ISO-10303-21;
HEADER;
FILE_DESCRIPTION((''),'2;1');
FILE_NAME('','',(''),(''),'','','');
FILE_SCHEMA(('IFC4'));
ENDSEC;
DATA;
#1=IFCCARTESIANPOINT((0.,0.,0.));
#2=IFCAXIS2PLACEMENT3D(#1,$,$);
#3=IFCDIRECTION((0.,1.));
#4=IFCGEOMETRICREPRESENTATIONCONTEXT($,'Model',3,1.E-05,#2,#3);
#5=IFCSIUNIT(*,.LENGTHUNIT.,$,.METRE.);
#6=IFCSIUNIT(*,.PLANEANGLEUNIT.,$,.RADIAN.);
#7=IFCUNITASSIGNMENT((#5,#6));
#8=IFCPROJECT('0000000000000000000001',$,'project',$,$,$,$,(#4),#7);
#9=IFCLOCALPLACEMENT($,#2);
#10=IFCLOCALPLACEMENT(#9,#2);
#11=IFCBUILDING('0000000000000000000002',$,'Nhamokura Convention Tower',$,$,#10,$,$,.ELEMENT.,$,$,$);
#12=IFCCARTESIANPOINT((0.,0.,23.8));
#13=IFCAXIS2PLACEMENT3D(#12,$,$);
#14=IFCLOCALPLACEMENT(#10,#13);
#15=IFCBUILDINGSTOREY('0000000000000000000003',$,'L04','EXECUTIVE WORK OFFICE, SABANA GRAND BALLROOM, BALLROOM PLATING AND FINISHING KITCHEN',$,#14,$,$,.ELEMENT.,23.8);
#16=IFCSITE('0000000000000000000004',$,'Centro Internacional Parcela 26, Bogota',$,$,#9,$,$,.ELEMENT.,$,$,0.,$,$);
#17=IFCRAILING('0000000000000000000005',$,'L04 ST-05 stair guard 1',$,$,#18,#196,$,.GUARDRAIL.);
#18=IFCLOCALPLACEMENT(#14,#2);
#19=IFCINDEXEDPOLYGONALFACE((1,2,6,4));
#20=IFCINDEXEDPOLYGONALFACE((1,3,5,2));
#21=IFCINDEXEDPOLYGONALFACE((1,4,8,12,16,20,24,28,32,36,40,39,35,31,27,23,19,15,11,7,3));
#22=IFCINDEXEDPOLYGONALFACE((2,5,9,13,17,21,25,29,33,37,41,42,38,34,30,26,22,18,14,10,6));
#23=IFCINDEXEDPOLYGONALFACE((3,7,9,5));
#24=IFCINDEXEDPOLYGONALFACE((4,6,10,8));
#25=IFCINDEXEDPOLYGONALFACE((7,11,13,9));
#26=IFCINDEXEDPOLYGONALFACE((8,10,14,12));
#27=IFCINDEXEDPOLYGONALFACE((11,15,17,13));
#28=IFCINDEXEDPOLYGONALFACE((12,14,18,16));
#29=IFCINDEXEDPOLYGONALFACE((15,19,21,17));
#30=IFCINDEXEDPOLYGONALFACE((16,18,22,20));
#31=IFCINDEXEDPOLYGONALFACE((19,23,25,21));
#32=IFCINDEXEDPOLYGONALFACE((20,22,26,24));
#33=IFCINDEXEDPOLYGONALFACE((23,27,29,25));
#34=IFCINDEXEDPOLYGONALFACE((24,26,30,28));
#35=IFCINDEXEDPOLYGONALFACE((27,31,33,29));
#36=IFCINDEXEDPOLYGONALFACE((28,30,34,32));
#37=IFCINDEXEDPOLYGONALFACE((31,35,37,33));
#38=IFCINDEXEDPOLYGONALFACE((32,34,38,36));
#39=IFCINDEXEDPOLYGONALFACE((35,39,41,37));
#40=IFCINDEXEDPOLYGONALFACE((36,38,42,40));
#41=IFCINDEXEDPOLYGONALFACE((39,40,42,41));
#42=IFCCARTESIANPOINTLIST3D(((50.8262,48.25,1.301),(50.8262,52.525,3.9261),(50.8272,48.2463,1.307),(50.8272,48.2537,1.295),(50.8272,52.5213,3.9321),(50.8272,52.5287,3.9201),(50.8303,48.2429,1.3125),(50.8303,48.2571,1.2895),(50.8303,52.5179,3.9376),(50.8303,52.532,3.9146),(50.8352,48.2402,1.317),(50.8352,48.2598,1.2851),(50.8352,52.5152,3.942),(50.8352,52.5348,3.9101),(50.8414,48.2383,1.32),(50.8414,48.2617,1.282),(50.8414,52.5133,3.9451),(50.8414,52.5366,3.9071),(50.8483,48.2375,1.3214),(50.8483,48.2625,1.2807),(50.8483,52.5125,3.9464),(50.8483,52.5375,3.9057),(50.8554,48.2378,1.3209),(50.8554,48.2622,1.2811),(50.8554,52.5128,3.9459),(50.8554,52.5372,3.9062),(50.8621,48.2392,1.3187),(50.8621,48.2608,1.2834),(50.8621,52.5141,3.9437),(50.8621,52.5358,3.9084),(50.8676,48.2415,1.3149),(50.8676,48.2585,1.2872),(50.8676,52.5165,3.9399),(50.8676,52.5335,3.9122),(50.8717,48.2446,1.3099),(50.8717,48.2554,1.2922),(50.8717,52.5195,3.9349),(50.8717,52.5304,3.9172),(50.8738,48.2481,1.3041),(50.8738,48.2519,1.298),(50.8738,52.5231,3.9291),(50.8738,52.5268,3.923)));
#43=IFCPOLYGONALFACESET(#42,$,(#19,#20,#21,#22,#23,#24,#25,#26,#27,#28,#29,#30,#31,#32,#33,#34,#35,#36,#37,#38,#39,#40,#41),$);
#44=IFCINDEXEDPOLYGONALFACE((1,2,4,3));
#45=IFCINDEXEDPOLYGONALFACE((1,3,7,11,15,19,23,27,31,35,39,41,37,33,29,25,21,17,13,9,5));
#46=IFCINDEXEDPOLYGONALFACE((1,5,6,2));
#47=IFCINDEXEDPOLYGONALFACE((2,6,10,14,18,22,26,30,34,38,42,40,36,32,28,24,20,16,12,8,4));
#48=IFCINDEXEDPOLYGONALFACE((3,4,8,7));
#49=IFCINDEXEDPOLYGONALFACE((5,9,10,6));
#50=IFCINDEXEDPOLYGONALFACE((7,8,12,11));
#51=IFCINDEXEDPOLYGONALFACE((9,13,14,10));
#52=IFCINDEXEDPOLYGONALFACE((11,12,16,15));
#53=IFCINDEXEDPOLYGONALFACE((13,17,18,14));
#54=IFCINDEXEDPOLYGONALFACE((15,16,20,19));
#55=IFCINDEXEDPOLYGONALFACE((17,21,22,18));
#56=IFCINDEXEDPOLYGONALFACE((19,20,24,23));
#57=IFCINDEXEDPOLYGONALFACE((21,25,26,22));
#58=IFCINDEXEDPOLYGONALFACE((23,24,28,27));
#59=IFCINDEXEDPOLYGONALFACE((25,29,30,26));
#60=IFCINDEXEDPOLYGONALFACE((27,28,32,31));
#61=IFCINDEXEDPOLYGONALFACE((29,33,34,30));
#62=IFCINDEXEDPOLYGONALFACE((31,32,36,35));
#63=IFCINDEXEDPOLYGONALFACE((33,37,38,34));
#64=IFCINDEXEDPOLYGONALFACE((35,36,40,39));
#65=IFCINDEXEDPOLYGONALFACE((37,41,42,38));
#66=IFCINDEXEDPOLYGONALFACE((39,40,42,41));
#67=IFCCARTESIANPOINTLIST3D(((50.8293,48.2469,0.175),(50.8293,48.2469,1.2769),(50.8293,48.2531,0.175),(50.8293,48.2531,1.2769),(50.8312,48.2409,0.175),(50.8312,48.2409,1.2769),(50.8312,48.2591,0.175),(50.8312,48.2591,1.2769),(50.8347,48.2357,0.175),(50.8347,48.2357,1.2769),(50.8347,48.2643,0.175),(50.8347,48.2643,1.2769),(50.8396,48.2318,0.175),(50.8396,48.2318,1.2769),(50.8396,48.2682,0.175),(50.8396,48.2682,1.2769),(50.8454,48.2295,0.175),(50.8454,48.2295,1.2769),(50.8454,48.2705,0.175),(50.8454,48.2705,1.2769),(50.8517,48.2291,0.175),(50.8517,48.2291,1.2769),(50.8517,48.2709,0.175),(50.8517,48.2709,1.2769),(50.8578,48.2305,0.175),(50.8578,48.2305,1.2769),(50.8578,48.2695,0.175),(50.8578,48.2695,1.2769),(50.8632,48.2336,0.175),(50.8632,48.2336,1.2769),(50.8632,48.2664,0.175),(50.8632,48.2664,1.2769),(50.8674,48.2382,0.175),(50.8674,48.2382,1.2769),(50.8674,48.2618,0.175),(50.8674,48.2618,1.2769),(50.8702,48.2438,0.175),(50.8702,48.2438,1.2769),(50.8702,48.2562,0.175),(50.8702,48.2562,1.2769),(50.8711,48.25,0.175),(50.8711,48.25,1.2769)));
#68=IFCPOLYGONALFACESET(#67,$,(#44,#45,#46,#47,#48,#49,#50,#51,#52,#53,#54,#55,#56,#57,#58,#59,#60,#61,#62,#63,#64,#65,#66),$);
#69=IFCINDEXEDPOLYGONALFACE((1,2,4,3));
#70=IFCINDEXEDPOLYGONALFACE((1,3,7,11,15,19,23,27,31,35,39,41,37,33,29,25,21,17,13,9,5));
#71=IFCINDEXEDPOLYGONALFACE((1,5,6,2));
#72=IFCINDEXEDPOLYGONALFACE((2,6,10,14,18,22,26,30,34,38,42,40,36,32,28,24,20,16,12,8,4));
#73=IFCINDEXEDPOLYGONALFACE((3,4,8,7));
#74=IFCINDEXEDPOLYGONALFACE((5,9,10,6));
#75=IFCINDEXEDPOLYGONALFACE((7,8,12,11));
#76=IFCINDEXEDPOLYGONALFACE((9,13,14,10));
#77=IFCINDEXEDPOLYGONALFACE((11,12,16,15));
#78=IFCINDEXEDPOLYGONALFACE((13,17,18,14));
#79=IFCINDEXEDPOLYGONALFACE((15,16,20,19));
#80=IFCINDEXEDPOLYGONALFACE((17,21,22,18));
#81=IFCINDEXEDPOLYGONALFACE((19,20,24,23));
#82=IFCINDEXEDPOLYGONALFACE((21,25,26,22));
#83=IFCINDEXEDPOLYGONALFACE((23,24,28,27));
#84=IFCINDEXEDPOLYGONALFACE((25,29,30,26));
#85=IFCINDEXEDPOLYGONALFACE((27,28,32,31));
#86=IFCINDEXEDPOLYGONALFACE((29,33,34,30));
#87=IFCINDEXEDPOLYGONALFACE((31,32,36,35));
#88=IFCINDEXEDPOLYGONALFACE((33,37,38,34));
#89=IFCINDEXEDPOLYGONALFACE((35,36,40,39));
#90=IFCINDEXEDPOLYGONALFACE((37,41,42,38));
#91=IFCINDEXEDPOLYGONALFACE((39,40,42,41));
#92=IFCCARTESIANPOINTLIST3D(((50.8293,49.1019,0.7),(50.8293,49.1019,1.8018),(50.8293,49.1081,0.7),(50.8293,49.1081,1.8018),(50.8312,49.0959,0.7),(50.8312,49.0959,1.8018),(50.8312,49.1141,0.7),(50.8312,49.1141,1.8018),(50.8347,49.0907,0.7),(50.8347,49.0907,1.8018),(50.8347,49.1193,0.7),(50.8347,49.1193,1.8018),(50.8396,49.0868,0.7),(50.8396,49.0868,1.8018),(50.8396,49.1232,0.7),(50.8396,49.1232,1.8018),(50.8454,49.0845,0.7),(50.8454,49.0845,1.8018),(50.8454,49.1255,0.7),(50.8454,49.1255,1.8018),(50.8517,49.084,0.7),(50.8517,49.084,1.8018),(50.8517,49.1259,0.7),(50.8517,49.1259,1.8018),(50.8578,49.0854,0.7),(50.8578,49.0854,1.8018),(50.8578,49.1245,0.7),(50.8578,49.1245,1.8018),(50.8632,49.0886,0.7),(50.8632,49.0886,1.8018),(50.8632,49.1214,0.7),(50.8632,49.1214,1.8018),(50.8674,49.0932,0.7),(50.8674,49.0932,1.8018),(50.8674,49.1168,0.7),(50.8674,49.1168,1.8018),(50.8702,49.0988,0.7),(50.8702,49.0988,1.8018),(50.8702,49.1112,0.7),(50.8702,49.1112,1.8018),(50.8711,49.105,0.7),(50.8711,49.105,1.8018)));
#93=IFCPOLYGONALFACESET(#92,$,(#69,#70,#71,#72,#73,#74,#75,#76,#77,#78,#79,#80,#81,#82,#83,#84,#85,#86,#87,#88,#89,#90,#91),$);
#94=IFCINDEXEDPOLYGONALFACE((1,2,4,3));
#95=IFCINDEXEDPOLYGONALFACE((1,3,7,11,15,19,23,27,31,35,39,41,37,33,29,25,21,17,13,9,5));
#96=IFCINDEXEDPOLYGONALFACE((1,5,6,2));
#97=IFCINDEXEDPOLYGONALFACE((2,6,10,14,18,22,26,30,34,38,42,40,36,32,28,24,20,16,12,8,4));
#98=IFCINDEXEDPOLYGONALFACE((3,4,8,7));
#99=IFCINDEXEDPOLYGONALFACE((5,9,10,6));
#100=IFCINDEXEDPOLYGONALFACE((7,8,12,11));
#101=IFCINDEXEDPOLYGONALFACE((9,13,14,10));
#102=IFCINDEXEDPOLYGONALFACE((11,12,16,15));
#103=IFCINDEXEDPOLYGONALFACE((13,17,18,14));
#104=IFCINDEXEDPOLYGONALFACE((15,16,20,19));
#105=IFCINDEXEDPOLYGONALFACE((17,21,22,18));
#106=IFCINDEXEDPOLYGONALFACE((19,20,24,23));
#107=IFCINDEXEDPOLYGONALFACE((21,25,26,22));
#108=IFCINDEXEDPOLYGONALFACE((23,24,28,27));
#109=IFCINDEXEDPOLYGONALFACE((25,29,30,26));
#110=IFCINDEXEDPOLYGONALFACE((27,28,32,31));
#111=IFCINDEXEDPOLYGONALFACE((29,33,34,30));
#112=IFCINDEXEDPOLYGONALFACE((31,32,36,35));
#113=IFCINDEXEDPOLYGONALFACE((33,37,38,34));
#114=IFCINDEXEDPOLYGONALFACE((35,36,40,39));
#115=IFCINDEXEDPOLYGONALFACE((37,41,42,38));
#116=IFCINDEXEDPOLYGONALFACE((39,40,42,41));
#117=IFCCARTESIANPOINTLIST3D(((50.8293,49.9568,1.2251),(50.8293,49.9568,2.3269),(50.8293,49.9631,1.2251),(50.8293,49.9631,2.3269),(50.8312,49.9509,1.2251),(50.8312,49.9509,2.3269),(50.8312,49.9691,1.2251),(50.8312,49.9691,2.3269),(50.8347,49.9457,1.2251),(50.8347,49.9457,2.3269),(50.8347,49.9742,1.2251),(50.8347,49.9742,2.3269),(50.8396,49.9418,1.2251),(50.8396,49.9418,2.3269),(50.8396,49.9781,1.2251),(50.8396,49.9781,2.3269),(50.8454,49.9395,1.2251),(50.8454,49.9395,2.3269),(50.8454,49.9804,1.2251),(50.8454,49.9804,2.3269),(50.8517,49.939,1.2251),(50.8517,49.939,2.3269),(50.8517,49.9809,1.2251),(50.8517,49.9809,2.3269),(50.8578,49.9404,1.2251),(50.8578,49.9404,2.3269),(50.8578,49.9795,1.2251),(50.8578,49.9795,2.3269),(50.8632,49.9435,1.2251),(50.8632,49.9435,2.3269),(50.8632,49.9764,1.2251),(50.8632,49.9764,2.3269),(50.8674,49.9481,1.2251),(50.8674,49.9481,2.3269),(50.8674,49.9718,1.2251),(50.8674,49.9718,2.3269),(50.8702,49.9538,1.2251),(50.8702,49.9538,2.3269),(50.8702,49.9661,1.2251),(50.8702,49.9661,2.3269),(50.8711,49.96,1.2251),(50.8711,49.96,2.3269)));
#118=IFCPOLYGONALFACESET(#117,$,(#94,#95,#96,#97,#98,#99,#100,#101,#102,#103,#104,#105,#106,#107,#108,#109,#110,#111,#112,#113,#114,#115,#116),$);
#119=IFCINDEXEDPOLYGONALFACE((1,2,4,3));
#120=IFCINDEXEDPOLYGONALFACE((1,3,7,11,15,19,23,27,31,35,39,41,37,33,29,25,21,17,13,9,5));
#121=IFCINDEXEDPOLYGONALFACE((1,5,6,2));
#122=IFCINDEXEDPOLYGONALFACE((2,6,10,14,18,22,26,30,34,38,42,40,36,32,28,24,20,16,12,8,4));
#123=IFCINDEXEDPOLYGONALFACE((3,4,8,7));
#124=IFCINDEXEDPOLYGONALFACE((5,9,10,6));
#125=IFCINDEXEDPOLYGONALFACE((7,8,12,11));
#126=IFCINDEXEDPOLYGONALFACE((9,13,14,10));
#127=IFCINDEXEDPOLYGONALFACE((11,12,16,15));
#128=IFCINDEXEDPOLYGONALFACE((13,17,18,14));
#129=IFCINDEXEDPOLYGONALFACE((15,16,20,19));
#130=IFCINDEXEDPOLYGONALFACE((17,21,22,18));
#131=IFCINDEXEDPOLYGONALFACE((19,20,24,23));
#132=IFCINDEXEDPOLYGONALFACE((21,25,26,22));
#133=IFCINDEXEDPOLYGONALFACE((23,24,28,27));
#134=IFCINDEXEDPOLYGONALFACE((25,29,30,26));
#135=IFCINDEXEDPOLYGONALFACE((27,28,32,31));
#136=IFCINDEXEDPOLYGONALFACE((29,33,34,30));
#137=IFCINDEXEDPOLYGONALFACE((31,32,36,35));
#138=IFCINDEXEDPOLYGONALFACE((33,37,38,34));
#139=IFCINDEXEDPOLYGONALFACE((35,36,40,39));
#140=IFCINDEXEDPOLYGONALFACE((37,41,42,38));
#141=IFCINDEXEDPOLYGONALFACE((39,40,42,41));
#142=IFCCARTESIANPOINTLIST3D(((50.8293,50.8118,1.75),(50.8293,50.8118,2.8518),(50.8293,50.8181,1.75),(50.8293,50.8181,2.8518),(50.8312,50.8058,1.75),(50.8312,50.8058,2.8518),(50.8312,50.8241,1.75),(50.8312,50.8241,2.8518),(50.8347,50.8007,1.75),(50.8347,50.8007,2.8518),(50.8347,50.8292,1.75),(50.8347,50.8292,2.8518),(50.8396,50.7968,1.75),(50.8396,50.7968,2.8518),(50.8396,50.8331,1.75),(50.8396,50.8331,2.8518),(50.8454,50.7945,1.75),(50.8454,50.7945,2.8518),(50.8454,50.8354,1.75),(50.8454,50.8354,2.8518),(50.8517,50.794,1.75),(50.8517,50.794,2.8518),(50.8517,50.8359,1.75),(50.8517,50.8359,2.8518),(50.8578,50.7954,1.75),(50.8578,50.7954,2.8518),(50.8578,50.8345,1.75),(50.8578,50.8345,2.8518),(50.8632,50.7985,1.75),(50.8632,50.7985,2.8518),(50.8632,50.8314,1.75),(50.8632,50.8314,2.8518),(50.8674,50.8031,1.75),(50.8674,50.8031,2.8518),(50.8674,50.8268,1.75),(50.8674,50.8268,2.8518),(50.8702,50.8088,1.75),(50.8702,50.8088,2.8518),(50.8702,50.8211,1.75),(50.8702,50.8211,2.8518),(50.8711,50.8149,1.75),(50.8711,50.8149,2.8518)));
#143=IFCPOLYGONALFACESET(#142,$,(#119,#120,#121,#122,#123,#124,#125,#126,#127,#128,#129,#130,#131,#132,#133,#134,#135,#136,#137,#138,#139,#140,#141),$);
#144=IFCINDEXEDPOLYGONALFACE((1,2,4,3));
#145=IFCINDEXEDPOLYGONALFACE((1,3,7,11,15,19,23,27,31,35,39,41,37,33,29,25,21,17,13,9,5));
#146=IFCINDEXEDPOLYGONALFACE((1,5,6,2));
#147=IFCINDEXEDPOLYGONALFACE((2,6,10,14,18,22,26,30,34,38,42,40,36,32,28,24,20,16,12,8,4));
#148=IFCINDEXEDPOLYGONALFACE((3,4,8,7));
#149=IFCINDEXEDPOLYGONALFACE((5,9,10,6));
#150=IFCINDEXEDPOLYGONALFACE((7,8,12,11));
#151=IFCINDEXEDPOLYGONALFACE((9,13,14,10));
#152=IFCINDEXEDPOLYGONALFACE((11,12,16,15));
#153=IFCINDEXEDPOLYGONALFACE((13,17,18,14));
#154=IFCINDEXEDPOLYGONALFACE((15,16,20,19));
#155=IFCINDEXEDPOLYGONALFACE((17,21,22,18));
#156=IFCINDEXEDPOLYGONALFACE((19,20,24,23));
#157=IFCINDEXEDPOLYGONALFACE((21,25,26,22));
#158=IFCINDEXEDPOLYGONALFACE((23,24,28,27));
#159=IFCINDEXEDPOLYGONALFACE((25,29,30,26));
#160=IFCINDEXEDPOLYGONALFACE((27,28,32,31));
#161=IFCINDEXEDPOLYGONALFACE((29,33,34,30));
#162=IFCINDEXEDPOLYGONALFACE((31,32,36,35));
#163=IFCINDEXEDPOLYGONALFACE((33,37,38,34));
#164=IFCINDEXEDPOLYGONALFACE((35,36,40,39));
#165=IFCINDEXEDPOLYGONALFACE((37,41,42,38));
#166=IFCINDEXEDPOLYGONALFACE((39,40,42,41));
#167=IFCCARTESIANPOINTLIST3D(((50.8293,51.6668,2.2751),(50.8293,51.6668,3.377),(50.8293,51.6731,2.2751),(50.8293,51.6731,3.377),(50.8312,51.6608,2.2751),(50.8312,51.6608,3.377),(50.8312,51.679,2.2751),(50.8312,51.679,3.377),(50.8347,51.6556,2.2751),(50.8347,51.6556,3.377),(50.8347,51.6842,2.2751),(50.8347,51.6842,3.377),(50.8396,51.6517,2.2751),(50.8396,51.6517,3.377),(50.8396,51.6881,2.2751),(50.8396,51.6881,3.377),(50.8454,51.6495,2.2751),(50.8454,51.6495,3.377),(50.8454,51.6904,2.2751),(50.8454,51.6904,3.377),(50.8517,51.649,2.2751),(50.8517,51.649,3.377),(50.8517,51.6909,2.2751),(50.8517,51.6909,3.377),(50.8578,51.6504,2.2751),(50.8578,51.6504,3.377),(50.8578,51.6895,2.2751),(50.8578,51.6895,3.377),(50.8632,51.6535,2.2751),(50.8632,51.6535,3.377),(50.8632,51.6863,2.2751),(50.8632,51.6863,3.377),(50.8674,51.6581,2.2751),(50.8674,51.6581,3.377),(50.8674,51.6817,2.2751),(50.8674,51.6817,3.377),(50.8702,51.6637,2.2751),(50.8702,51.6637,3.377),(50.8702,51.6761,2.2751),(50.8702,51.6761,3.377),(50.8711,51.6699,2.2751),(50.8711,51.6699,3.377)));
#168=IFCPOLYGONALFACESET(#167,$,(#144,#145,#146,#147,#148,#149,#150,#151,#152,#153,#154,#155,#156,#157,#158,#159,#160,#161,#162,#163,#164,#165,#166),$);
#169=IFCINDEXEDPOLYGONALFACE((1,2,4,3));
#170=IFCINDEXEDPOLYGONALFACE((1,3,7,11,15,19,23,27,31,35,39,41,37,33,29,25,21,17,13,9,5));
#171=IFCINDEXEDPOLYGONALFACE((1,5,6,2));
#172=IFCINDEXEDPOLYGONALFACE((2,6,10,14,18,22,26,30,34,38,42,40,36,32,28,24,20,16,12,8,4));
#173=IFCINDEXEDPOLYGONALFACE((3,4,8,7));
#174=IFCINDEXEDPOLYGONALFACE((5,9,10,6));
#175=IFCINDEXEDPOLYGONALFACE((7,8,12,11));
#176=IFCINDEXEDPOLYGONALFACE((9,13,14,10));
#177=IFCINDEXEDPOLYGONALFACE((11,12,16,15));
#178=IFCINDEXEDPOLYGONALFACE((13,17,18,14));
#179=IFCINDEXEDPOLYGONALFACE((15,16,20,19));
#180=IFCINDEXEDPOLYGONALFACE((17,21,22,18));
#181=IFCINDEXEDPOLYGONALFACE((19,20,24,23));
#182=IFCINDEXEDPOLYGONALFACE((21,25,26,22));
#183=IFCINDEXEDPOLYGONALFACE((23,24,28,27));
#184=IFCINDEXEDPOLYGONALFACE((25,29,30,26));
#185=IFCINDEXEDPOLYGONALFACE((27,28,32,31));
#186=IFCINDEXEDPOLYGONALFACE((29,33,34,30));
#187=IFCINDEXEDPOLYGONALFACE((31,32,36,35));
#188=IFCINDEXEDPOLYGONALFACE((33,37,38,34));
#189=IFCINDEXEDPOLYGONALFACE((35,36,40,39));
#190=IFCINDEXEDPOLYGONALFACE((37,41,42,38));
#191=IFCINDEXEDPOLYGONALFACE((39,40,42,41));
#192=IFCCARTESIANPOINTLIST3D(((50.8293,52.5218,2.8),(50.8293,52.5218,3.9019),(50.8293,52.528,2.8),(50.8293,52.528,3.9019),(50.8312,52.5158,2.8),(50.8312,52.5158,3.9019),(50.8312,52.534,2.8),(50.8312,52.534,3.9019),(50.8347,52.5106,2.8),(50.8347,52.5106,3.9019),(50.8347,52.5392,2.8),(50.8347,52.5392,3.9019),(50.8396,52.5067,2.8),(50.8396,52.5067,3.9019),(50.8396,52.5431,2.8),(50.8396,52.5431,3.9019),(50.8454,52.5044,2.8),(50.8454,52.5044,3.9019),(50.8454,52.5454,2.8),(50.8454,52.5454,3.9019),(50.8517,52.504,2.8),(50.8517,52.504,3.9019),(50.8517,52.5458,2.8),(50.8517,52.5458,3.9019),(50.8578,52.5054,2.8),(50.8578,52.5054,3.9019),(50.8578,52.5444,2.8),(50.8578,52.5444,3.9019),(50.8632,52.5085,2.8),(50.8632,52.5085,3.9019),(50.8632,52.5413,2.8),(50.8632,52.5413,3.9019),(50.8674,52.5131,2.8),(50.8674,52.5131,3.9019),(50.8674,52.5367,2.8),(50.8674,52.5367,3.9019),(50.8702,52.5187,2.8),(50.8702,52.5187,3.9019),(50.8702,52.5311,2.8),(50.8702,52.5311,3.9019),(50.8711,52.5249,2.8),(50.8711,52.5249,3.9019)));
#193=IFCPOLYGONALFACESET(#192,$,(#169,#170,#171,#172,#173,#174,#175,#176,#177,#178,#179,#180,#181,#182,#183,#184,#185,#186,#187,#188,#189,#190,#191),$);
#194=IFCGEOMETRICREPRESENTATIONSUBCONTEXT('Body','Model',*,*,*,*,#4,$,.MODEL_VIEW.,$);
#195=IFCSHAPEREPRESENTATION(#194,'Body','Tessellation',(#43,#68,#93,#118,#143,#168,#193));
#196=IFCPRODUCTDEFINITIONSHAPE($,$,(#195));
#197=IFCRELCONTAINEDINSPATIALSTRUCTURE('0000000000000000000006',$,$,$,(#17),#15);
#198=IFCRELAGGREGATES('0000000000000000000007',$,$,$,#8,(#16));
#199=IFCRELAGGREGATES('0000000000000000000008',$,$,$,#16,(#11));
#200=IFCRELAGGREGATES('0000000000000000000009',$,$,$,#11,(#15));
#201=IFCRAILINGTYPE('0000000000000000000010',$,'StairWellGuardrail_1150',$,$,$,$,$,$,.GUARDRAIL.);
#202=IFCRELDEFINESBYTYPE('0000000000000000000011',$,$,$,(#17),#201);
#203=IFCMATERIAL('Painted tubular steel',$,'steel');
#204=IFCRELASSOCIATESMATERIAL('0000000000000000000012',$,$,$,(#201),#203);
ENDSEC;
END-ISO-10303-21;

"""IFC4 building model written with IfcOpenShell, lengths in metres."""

from ifc_helpers import new_model, si_unit, direction, frame, origin, origin_2d, place, context, subcontext, project, spatial, circle, extrude, material, type_object, element, save


model = new_model("IFC4")

# Units and contexts
model_context = context("Model", 3, precision=1e-05, world=origin(), true_north=direction((0.0, 1.0)))
body_context = subcontext(model_context, "Body", "Model", "MODEL_VIEW")
ifc_project = project(units=[si_unit("LENGTHUNIT", "METRE"), si_unit("PLANEANGLEUNIT", "RADIAN")], contexts=[model_context])

# Site, building, storey
site_placement = place(None, origin())
site = spatial("IfcSite", under=ifc_project, at=site_placement, Name="Centro Internacional Parcela 26, Bogota", CompositionType="ELEMENT", RefElevation=0.0)
building_placement = place(site_placement, origin())
building = spatial("IfcBuilding", under=site, at=building_placement, Name="Nhamokura Convention Tower", CompositionType="ELEMENT")
storey_placement = place(building_placement, frame((0.0, 0.0, 23.8)))
storey = spatial("IfcBuildingStorey", under=building, at=storey_placement, Name="L04", Description="EXECUTIVE WORK OFFICE, SABANA GRAND BALLROOM, BALLROOM PLATING AND FINISHING KITCHEN", CompositionType="ELEMENT", Elevation=23.8)

# Railing
ifc_material_1 = material(Name="Painted tubular steel", Category="steel")
railing_type_1 = type_object("IfcRailingType", Name="StairWellGuardrail_1150", PredefinedType="GUARDRAIL", material=ifc_material_1)
railing_1_placement = place(storey_placement, frame((50.8501, 48.25, 0.175)))
element("IfcRailing", 1, at=railing_1_placement, inside=storey, type_object=railing_type_1, Name="L04 ST-05 stair guard 1", PredefinedType="GUARDRAIL", context=body_context, shape_type="SweptSolid", body=[
    extrude(circle(Radius=0.0239, at=origin_2d()), frame((0.0, 0.0, 1.126), z_axis=(0.0, 0.852166, 0.523272), x_axis=(-1.0, 0.0, 0.0)), (0.0, 0.0, 1.0), 5.0166),
    extrude(circle(Radius=0.021, at=origin_2d()), origin(), (0.0, 0.0, 1.0), 1.1018),
    extrude(circle(Radius=0.021, at=origin_2d()), frame((0.0, 0.855, 0.5249)), (0.0, 0.0, 1.0), 1.1018),
    extrude(circle(Radius=0.021, at=origin_2d()), frame((0.0, 1.71, 1.05)), (0.0, 0.0, 1.0), 1.1018),
    extrude(circle(Radius=0.021, at=origin_2d()), frame((0.0, 2.5649, 1.575)), (0.0, 0.0, 1.0), 1.1018),
    extrude(circle(Radius=0.021, at=origin_2d()), frame((0.0, 3.4199, 2.1001)), (0.0, 0.0, 1.0), 1.1018),
    extrude(circle(Radius=0.021, at=origin_2d()), frame((0.0, 4.2749, 2.625)), (0.0, 0.0, 1.0), 1.1018),
])

save(model, "model.ifc")
